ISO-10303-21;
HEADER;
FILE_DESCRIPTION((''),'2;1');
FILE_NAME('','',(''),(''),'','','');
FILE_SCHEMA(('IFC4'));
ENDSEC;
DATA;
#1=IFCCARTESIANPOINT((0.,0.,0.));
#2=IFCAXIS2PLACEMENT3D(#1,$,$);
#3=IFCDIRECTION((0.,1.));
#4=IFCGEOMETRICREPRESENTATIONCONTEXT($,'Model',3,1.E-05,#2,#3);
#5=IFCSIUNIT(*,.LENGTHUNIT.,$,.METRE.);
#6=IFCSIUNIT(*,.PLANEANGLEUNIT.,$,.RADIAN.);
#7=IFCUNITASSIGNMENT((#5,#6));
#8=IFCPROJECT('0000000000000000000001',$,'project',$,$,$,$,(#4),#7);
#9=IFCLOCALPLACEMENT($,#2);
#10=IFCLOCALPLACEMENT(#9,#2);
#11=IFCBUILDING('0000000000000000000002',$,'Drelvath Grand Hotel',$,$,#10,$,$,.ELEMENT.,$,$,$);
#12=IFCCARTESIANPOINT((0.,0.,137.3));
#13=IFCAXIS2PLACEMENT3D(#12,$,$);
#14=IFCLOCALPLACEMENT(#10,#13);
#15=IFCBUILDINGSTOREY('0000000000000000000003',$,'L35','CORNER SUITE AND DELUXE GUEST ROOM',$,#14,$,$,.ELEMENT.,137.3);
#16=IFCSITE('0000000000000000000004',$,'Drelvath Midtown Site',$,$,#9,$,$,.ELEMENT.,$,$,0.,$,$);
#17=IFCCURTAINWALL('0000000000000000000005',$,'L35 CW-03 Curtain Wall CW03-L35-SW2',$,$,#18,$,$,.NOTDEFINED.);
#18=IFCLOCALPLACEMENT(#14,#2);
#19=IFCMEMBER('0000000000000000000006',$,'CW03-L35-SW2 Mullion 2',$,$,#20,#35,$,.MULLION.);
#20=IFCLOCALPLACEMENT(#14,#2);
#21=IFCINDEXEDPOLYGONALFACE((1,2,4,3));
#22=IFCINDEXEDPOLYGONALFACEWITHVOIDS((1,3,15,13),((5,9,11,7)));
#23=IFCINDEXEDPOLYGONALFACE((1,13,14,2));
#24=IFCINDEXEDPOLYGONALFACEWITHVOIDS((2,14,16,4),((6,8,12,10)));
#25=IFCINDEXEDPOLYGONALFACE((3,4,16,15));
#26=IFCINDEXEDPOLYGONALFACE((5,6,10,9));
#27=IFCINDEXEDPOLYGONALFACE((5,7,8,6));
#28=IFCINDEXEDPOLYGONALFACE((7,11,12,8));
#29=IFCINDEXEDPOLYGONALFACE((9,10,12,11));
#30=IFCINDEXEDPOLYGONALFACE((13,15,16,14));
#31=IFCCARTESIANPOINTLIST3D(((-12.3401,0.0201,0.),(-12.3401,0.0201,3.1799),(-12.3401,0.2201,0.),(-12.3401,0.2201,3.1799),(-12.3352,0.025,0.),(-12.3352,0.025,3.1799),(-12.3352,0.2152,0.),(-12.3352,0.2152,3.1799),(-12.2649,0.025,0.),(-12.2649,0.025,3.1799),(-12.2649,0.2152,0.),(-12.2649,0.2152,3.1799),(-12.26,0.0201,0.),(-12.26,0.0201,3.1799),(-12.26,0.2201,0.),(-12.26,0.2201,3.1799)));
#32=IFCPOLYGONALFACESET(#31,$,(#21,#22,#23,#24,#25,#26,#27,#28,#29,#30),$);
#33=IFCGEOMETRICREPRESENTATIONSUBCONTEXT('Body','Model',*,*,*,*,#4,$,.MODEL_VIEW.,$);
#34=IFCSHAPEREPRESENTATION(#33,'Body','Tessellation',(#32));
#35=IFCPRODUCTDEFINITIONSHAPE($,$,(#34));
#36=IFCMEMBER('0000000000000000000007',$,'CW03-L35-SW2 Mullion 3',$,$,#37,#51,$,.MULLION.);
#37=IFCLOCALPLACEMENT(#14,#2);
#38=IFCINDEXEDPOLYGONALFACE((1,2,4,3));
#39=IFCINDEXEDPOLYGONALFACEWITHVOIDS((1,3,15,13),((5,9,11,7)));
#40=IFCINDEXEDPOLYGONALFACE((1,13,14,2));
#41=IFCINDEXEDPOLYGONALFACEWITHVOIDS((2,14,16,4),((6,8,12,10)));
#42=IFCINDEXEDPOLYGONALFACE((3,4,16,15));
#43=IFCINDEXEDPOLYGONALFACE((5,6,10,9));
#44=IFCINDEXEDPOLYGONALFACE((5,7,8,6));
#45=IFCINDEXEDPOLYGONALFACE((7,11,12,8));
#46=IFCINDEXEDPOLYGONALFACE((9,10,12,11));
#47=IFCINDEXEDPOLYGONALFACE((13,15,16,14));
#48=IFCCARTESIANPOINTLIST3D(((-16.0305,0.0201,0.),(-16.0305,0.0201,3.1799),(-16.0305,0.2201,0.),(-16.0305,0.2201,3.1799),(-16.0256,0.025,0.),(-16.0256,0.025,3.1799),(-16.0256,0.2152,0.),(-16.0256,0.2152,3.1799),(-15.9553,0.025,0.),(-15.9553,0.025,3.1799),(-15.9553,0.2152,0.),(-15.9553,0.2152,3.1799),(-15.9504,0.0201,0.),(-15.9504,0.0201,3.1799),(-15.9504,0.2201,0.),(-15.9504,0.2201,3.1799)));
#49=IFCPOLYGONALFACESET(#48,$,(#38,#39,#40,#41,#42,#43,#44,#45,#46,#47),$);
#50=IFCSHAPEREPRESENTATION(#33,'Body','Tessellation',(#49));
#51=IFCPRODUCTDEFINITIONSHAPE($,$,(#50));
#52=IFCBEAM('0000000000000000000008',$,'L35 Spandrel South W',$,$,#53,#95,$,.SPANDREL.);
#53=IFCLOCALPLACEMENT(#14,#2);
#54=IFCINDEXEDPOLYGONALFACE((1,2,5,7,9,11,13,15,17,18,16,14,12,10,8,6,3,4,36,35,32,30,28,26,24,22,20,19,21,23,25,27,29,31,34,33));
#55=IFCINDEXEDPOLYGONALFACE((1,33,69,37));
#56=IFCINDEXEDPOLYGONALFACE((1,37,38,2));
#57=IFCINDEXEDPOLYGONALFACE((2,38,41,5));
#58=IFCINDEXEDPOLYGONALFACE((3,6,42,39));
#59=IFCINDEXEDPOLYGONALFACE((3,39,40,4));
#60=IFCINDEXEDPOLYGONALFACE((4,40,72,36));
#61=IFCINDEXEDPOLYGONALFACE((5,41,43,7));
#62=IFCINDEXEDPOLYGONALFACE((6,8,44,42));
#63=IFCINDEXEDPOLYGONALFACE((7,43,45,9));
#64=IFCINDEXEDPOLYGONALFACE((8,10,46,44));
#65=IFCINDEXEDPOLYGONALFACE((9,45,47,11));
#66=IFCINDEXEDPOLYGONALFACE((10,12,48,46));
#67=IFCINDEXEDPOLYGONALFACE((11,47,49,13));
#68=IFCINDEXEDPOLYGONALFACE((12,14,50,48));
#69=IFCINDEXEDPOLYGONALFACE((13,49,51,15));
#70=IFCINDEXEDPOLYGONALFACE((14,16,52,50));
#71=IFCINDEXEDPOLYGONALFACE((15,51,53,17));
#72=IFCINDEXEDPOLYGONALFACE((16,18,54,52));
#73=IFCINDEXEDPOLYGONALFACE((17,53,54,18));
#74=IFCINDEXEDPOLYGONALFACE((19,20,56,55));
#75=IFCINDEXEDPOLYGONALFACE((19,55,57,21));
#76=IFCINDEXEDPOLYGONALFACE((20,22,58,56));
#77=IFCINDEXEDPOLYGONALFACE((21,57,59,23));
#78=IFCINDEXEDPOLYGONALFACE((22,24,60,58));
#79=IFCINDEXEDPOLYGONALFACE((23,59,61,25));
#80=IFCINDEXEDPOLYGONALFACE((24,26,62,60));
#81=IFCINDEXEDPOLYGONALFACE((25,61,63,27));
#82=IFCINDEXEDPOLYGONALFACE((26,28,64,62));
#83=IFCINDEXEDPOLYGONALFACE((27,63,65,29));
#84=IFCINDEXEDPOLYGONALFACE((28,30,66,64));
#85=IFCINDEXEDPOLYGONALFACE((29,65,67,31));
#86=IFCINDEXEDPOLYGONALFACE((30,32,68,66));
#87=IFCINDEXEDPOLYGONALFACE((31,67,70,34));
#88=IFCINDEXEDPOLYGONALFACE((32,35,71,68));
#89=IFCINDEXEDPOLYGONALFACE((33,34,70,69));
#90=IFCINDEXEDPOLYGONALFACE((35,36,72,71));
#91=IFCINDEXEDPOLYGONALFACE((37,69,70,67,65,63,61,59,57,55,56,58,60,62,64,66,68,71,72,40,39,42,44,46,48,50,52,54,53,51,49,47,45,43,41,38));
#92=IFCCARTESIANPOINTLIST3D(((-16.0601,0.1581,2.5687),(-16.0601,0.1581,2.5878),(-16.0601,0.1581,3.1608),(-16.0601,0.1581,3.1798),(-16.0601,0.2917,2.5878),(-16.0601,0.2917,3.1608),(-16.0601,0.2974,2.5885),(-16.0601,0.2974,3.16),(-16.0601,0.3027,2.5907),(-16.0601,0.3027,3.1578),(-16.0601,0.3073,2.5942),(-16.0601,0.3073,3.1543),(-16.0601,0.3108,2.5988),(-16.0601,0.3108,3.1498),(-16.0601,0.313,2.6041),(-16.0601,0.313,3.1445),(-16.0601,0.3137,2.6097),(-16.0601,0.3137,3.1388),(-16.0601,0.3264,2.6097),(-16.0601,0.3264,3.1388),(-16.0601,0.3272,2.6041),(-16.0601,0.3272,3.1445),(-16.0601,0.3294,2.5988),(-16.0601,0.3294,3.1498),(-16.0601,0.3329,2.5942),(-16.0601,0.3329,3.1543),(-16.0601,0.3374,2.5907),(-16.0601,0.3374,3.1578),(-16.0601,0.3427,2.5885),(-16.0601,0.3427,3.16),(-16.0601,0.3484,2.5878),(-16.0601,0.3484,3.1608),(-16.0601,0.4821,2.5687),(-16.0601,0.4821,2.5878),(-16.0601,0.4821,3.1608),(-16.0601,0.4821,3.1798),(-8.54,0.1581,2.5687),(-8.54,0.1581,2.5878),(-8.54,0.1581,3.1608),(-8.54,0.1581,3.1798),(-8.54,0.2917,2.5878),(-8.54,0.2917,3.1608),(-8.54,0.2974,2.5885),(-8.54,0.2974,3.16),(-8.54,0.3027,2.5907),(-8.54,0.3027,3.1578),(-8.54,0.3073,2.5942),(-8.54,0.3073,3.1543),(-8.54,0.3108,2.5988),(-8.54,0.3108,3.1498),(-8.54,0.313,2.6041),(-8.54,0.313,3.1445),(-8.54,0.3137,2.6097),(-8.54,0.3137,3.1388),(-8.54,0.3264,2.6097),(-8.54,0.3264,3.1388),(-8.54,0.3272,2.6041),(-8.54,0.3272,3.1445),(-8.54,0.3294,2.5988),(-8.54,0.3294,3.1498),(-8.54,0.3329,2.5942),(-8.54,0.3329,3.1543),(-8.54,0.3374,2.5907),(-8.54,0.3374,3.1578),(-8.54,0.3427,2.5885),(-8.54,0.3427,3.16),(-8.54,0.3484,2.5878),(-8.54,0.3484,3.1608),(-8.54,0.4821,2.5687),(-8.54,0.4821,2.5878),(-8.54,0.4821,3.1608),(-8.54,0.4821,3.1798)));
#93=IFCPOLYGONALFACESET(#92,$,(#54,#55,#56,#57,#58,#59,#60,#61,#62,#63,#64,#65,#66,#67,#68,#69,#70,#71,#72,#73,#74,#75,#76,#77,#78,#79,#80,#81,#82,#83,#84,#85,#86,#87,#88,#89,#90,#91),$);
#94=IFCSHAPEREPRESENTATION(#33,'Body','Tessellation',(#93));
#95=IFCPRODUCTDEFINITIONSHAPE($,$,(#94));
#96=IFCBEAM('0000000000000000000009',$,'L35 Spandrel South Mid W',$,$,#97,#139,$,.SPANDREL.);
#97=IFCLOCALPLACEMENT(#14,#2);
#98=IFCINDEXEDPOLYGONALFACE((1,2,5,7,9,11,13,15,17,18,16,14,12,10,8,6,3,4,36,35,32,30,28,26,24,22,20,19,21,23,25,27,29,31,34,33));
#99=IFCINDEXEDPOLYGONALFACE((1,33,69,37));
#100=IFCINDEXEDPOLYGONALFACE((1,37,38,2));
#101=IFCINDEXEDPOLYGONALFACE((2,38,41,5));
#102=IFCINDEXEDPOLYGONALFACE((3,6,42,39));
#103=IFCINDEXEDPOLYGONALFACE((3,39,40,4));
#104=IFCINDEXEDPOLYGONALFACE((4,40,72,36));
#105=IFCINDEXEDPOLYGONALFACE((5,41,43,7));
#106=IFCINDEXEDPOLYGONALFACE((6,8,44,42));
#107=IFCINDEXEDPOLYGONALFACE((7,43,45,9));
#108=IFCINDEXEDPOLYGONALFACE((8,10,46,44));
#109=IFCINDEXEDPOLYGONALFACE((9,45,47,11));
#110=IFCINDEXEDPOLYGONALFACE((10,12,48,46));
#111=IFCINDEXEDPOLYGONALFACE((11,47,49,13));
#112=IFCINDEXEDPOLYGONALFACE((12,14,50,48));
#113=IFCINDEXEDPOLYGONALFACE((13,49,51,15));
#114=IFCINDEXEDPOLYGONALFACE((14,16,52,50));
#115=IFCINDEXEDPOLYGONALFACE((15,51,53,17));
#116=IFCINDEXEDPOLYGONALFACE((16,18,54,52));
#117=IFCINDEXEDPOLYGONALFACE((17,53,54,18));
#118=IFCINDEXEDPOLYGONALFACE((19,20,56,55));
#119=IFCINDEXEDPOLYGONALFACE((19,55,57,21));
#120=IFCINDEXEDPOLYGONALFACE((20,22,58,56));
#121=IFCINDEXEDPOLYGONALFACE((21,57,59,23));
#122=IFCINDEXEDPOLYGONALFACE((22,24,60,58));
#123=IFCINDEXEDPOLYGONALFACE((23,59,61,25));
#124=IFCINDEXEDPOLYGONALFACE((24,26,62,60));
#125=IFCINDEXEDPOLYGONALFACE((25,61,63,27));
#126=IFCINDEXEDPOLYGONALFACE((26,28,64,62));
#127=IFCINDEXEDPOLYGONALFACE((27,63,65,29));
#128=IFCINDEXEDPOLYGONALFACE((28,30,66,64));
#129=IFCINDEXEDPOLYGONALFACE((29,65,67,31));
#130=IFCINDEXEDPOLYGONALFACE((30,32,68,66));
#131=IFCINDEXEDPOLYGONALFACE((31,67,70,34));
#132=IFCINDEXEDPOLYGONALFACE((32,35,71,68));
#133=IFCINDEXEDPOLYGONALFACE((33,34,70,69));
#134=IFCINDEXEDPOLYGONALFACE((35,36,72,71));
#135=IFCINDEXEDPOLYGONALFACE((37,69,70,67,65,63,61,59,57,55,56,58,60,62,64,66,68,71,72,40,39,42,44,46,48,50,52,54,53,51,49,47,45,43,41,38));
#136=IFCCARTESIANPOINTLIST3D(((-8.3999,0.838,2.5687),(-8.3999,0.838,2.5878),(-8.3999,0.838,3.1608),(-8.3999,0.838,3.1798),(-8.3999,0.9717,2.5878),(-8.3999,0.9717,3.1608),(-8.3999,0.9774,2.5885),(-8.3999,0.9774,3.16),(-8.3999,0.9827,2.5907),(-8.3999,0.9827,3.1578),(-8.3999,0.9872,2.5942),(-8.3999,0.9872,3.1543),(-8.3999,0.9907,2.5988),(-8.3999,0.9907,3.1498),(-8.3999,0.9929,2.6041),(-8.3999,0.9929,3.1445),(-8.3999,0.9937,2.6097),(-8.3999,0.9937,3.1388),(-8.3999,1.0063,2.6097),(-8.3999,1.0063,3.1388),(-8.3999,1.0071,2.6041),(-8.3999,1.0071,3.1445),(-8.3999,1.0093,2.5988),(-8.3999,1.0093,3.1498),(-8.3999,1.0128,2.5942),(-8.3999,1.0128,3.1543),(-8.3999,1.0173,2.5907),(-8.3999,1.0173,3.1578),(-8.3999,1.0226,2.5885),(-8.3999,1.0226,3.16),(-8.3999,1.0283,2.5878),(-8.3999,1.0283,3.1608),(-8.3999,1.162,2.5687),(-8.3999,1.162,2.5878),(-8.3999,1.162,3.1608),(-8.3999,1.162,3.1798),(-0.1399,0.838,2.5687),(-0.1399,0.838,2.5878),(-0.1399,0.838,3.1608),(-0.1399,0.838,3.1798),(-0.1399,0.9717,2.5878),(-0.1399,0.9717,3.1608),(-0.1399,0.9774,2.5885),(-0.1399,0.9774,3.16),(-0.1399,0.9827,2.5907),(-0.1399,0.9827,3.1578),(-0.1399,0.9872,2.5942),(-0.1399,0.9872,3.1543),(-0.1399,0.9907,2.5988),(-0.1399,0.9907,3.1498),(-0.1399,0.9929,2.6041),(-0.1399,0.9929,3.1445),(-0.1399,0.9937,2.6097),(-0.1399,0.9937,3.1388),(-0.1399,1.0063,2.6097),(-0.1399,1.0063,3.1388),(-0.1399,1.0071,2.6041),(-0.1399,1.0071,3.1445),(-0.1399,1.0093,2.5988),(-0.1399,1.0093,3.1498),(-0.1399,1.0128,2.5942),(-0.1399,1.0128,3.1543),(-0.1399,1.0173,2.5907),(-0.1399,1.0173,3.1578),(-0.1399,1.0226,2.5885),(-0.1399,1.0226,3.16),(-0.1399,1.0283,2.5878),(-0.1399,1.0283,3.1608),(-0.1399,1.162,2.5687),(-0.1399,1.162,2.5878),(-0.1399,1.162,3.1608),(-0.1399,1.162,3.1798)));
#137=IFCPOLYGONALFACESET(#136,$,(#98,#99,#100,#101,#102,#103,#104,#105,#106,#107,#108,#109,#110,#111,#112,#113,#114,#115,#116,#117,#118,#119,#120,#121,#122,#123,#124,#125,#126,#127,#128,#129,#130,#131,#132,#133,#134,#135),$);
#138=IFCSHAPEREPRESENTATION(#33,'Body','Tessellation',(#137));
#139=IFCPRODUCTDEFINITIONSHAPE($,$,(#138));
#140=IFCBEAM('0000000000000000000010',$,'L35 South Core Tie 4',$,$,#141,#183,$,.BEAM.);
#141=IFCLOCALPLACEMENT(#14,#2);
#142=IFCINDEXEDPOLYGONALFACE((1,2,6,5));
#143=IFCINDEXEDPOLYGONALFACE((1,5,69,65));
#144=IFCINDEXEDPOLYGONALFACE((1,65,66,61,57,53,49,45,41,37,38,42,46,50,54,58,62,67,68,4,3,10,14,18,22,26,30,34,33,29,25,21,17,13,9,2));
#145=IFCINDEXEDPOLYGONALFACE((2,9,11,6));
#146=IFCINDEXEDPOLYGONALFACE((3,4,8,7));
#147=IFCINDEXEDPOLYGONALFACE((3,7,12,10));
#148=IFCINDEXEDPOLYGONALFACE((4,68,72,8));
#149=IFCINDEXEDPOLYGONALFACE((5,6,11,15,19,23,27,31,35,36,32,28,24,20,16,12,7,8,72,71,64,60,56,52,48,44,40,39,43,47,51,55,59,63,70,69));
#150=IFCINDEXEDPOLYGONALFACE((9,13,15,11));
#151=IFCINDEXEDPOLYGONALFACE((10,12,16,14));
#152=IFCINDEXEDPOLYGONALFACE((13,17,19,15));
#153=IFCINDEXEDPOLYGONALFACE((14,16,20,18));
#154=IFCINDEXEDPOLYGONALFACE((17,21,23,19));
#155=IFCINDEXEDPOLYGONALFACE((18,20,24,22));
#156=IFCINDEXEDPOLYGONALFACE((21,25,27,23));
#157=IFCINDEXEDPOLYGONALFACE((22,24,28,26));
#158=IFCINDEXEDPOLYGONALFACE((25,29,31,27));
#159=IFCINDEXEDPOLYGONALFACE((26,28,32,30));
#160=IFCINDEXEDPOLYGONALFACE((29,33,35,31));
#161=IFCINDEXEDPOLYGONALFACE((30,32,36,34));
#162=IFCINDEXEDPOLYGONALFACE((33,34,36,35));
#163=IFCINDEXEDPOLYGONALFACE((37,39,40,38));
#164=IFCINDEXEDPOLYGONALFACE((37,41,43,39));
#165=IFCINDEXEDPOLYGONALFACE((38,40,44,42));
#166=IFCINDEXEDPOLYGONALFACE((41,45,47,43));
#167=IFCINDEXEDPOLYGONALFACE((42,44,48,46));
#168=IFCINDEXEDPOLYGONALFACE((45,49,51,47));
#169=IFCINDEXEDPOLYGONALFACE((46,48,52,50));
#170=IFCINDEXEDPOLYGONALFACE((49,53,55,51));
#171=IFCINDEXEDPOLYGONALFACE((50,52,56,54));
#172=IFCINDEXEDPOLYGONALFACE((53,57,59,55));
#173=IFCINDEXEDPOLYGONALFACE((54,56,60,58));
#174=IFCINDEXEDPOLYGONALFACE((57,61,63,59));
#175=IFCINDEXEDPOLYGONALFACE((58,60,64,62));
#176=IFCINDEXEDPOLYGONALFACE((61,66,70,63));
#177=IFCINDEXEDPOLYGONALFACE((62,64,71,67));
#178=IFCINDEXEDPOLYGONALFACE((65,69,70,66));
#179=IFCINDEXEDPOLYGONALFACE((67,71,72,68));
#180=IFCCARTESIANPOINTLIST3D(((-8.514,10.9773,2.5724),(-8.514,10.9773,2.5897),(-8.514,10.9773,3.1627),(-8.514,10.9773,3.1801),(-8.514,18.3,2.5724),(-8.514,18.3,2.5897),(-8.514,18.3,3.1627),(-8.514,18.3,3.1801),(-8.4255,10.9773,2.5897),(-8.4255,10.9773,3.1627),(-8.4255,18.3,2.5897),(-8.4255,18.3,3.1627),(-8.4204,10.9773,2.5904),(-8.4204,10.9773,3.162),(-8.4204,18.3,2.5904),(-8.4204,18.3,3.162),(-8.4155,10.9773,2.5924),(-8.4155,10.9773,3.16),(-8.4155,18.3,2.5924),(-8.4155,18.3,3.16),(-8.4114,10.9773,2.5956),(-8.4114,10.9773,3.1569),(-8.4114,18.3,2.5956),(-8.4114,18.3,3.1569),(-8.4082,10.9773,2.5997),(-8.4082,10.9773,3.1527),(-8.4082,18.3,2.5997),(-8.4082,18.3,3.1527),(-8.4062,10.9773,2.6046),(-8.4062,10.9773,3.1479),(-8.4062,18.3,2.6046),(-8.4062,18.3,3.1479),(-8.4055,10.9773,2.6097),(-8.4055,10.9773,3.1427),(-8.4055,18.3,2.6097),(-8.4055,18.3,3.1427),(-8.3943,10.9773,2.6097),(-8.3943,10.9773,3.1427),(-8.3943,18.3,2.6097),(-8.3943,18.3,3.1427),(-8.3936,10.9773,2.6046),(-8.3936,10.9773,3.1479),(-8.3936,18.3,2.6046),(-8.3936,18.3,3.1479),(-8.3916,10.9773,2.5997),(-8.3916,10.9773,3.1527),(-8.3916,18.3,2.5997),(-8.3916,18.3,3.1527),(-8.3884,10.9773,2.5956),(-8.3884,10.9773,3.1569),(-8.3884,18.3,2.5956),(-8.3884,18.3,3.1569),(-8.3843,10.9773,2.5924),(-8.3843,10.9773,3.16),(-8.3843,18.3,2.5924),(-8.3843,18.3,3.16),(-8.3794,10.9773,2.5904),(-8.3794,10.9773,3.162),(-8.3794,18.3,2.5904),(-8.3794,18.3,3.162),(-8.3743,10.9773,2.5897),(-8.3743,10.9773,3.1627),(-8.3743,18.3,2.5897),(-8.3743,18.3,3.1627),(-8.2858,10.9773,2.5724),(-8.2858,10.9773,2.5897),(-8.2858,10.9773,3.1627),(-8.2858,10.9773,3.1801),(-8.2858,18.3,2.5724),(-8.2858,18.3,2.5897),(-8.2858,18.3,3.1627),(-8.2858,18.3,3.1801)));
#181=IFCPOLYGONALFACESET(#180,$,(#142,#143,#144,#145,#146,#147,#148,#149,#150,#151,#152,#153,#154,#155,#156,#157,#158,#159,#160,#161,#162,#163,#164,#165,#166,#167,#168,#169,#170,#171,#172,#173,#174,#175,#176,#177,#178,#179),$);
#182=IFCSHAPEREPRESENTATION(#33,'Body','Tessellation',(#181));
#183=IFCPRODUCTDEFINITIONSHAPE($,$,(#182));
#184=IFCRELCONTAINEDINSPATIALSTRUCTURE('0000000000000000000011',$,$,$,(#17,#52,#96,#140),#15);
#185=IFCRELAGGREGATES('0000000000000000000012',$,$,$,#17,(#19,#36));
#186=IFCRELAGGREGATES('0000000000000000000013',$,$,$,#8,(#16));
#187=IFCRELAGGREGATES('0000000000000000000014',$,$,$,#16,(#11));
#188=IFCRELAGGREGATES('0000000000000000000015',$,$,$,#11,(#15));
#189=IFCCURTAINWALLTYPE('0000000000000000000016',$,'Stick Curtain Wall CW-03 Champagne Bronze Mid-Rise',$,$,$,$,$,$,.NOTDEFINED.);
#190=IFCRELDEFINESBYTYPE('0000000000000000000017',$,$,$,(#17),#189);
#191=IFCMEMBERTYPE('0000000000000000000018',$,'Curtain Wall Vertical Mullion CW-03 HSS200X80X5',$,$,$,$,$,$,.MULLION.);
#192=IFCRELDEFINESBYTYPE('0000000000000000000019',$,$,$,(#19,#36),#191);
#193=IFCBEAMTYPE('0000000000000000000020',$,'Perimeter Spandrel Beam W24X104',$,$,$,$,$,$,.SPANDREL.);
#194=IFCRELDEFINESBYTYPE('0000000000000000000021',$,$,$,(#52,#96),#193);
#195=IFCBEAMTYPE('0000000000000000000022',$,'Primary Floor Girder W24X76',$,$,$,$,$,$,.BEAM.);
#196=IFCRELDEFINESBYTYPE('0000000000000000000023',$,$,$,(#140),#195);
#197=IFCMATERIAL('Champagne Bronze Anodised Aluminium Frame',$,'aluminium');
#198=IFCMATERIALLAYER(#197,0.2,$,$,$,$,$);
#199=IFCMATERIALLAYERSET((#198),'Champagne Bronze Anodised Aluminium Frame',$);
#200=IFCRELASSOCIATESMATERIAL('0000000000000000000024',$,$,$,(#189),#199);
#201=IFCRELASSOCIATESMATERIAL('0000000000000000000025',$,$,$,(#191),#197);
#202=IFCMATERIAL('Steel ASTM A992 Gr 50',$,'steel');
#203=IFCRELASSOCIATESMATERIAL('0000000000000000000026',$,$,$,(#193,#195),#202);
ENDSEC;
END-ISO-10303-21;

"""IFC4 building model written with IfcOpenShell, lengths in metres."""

from ifc_helpers import new_model, si_unit, direction, frame, origin, origin_2d, place, context, subcontext, project, spatial, hollow_rectangle, i_section, extrude, material, layer, layer_set, material_profile, profile_set, type_object, element, aggregate, save


model = new_model("IFC4")

# Units and contexts
model_context = context("Model", 3, precision=1e-05, world=origin(), true_north=direction((0.0, 1.0)))
body_context = subcontext(model_context, "Body", "Model", "MODEL_VIEW")
ifc_project = project(units=[si_unit("LENGTHUNIT", "METRE"), si_unit("PLANEANGLEUNIT", "RADIAN")], contexts=[model_context])

# Site, building, storey
site_placement = place(None, origin())
site = spatial("IfcSite", under=ifc_project, at=site_placement, Name="Drelvath Midtown Site", CompositionType="ELEMENT", RefElevation=0.0)
building_placement = place(site_placement, origin())
building = spatial("IfcBuilding", under=site, at=building_placement, Name="Drelvath Grand Hotel", CompositionType="ELEMENT")
storey_placement = place(building_placement, frame((0.0, 0.0, 137.3)))
storey = spatial("IfcBuildingStorey", under=building, at=storey_placement, Name="L35", Description="CORNER SUITE AND DELUXE GUEST ROOM", CompositionType="ELEMENT", Elevation=137.3)

# Shared definitions
ifc_material_1 = material(Name="Steel ASTM A992 Gr 50", Category="steel")

# Curtain wall
ifc_material_2 = material(Name="Champagne Bronze Anodised Aluminium Frame", Category="aluminium")
ifc_layer_1 = layer(ifc_material_2, 0.2)
ifc_layer_set_1 = layer_set([ifc_layer_1], Name="Champagne Bronze Anodised Aluminium Frame")
curtain_wall_type = type_object("IfcCurtainWallType", Name="Stick Curtain Wall CW-03 Champagne Bronze Mid-Rise", PredefinedType="NOTDEFINED", material=ifc_layer_set_1)
curtain_wall_1_placement = place(storey_placement, origin())
curtain_wall_1 = element("IfcCurtainWall", 1, at=curtain_wall_1_placement, inside=storey, type_object=curtain_wall_type, Name="L35 CW-03 Curtain Wall CW03-L35-SW2", PredefinedType="NOTDEFINED")

# Shared definitions
ifc_material_profile_1 = material_profile(ifc_material_2, hollow_rectangle(XDim=0.0801, YDim=0.2, WallThickness=0.0049, at=origin_2d()), Name="HSS200X80X5")
ifc_profile_set_1 = profile_set([ifc_material_profile_1], Name="Champagne Bronze Anodised Aluminium Frame")
member_type_1 = type_object("IfcMemberType", Name="Curtain Wall Vertical Mullion CW-03 HSS200X80X5", PredefinedType="MULLION", material=ifc_profile_set_1)

# Members
member_1_placement = place(storey_placement, frame((-12.3, 0.1201, 0.0), z_axis=(0.0, 0.0, 1.0), x_axis=(1.0, 0.0, 0.0)))
member_1 = element("IfcMember", 2, at=member_1_placement, type_object=member_type_1, Name="CW03-L35-SW2 Mullion 2", PredefinedType="MULLION", context=body_context, shape_type="SweptSolid", body=[
    extrude(hollow_rectangle(XDim=0.0801, YDim=0.2, WallThickness=0.0049, at=origin_2d()), origin(), (0.0, 0.0, 1.0), 3.1799),
])
member_2_placement = place(storey_placement, frame((-15.9905, 0.1201, 0.0), z_axis=(0.0, 0.0, 1.0), x_axis=(1.0, 0.0, 0.0)))
member_2 = element("IfcMember", 3, at=member_2_placement, type_object=member_type_1, Name="CW03-L35-SW2 Mullion 3", PredefinedType="MULLION", context=body_context, shape_type="SweptSolid", body=[
    extrude(hollow_rectangle(XDim=0.0801, YDim=0.2, WallThickness=0.0049, at=origin_2d()), origin(), (0.0, 0.0, 1.0), 3.1799),
])

# Beams
ifc_material_profile_2 = material_profile(ifc_material_1, i_section(OverallWidth=0.324, OverallDepth=0.6111, WebThickness=0.0127, FlangeThickness=0.019, FilletRadius=0.022, at=origin_2d()), Name="W24X104")
ifc_profile_set_2 = profile_set([ifc_material_profile_2], Name="Steel ASTM A992 Gr 50")
beam_type_1 = type_object("IfcBeamType", Name="Perimeter Spandrel Beam W24X104", PredefinedType="SPANDREL", material=ifc_profile_set_2)
beam_1_placement = place(storey_placement, frame((-16.0601, 0.3201, 2.8743), z_axis=(1.0, 0.0, 0.0), x_axis=(0.0, 1.0, 0.0)))
element("IfcBeam", 4, at=beam_1_placement, inside=storey, type_object=beam_type_1, Name="L35 Spandrel South W", PredefinedType="SPANDREL", context=body_context, shape_type="SweptSolid", body=[
    extrude(i_section(OverallWidth=0.324, OverallDepth=0.6111, WebThickness=0.0127, FlangeThickness=0.019, FilletRadius=0.022, at=origin_2d()), origin(), (0.0, 0.0, 1.0), 7.52),
])
beam_2_placement = place(storey_placement, frame((-8.3999, 1.0, 2.8743), z_axis=(1.0, 0.0, 0.0), x_axis=(0.0, 1.0, 0.0)))
element("IfcBeam", 5, at=beam_2_placement, inside=storey, type_object=beam_type_1, Name="L35 Spandrel South Mid W", PredefinedType="SPANDREL", context=body_context, shape_type="SweptSolid", body=[
    extrude(i_section(OverallWidth=0.324, OverallDepth=0.6111, WebThickness=0.0127, FlangeThickness=0.019, FilletRadius=0.022, at=origin_2d()), origin(), (0.0, 0.0, 1.0), 8.26),
])
ifc_material_profile_3 = material_profile(ifc_material_1, i_section(OverallWidth=0.2283, OverallDepth=0.6077, WebThickness=0.0112, FlangeThickness=0.0173, FilletRadius=0.02, at=origin_2d()), Name="W24X76")
ifc_profile_set_3 = profile_set([ifc_material_profile_3], Name="Steel ASTM A992 Gr 50")
beam_type_2 = type_object("IfcBeamType", Name="Primary Floor Girder W24X76", PredefinedType="BEAM", material=ifc_profile_set_3)
beam_3_placement = place(storey_placement, frame((-8.3999, 10.9773, 2.8762), z_axis=(0.0, 1.0, 0.0), x_axis=(-1.0, 0.0, 0.0)))
element("IfcBeam", 6, at=beam_3_placement, inside=storey, type_object=beam_type_2, Name="L35 South Core Tie 4", PredefinedType="BEAM", context=body_context, shape_type="SweptSolid", body=[
    extrude(i_section(OverallWidth=0.2283, OverallDepth=0.6077, WebThickness=0.0112, FlangeThickness=0.0173, FilletRadius=0.02, at=origin_2d()), origin(), (0.0, 0.0, 1.0), 7.3228),
])

aggregate(curtain_wall_1, [member_1, member_2])

save(model, "model.ifc")
